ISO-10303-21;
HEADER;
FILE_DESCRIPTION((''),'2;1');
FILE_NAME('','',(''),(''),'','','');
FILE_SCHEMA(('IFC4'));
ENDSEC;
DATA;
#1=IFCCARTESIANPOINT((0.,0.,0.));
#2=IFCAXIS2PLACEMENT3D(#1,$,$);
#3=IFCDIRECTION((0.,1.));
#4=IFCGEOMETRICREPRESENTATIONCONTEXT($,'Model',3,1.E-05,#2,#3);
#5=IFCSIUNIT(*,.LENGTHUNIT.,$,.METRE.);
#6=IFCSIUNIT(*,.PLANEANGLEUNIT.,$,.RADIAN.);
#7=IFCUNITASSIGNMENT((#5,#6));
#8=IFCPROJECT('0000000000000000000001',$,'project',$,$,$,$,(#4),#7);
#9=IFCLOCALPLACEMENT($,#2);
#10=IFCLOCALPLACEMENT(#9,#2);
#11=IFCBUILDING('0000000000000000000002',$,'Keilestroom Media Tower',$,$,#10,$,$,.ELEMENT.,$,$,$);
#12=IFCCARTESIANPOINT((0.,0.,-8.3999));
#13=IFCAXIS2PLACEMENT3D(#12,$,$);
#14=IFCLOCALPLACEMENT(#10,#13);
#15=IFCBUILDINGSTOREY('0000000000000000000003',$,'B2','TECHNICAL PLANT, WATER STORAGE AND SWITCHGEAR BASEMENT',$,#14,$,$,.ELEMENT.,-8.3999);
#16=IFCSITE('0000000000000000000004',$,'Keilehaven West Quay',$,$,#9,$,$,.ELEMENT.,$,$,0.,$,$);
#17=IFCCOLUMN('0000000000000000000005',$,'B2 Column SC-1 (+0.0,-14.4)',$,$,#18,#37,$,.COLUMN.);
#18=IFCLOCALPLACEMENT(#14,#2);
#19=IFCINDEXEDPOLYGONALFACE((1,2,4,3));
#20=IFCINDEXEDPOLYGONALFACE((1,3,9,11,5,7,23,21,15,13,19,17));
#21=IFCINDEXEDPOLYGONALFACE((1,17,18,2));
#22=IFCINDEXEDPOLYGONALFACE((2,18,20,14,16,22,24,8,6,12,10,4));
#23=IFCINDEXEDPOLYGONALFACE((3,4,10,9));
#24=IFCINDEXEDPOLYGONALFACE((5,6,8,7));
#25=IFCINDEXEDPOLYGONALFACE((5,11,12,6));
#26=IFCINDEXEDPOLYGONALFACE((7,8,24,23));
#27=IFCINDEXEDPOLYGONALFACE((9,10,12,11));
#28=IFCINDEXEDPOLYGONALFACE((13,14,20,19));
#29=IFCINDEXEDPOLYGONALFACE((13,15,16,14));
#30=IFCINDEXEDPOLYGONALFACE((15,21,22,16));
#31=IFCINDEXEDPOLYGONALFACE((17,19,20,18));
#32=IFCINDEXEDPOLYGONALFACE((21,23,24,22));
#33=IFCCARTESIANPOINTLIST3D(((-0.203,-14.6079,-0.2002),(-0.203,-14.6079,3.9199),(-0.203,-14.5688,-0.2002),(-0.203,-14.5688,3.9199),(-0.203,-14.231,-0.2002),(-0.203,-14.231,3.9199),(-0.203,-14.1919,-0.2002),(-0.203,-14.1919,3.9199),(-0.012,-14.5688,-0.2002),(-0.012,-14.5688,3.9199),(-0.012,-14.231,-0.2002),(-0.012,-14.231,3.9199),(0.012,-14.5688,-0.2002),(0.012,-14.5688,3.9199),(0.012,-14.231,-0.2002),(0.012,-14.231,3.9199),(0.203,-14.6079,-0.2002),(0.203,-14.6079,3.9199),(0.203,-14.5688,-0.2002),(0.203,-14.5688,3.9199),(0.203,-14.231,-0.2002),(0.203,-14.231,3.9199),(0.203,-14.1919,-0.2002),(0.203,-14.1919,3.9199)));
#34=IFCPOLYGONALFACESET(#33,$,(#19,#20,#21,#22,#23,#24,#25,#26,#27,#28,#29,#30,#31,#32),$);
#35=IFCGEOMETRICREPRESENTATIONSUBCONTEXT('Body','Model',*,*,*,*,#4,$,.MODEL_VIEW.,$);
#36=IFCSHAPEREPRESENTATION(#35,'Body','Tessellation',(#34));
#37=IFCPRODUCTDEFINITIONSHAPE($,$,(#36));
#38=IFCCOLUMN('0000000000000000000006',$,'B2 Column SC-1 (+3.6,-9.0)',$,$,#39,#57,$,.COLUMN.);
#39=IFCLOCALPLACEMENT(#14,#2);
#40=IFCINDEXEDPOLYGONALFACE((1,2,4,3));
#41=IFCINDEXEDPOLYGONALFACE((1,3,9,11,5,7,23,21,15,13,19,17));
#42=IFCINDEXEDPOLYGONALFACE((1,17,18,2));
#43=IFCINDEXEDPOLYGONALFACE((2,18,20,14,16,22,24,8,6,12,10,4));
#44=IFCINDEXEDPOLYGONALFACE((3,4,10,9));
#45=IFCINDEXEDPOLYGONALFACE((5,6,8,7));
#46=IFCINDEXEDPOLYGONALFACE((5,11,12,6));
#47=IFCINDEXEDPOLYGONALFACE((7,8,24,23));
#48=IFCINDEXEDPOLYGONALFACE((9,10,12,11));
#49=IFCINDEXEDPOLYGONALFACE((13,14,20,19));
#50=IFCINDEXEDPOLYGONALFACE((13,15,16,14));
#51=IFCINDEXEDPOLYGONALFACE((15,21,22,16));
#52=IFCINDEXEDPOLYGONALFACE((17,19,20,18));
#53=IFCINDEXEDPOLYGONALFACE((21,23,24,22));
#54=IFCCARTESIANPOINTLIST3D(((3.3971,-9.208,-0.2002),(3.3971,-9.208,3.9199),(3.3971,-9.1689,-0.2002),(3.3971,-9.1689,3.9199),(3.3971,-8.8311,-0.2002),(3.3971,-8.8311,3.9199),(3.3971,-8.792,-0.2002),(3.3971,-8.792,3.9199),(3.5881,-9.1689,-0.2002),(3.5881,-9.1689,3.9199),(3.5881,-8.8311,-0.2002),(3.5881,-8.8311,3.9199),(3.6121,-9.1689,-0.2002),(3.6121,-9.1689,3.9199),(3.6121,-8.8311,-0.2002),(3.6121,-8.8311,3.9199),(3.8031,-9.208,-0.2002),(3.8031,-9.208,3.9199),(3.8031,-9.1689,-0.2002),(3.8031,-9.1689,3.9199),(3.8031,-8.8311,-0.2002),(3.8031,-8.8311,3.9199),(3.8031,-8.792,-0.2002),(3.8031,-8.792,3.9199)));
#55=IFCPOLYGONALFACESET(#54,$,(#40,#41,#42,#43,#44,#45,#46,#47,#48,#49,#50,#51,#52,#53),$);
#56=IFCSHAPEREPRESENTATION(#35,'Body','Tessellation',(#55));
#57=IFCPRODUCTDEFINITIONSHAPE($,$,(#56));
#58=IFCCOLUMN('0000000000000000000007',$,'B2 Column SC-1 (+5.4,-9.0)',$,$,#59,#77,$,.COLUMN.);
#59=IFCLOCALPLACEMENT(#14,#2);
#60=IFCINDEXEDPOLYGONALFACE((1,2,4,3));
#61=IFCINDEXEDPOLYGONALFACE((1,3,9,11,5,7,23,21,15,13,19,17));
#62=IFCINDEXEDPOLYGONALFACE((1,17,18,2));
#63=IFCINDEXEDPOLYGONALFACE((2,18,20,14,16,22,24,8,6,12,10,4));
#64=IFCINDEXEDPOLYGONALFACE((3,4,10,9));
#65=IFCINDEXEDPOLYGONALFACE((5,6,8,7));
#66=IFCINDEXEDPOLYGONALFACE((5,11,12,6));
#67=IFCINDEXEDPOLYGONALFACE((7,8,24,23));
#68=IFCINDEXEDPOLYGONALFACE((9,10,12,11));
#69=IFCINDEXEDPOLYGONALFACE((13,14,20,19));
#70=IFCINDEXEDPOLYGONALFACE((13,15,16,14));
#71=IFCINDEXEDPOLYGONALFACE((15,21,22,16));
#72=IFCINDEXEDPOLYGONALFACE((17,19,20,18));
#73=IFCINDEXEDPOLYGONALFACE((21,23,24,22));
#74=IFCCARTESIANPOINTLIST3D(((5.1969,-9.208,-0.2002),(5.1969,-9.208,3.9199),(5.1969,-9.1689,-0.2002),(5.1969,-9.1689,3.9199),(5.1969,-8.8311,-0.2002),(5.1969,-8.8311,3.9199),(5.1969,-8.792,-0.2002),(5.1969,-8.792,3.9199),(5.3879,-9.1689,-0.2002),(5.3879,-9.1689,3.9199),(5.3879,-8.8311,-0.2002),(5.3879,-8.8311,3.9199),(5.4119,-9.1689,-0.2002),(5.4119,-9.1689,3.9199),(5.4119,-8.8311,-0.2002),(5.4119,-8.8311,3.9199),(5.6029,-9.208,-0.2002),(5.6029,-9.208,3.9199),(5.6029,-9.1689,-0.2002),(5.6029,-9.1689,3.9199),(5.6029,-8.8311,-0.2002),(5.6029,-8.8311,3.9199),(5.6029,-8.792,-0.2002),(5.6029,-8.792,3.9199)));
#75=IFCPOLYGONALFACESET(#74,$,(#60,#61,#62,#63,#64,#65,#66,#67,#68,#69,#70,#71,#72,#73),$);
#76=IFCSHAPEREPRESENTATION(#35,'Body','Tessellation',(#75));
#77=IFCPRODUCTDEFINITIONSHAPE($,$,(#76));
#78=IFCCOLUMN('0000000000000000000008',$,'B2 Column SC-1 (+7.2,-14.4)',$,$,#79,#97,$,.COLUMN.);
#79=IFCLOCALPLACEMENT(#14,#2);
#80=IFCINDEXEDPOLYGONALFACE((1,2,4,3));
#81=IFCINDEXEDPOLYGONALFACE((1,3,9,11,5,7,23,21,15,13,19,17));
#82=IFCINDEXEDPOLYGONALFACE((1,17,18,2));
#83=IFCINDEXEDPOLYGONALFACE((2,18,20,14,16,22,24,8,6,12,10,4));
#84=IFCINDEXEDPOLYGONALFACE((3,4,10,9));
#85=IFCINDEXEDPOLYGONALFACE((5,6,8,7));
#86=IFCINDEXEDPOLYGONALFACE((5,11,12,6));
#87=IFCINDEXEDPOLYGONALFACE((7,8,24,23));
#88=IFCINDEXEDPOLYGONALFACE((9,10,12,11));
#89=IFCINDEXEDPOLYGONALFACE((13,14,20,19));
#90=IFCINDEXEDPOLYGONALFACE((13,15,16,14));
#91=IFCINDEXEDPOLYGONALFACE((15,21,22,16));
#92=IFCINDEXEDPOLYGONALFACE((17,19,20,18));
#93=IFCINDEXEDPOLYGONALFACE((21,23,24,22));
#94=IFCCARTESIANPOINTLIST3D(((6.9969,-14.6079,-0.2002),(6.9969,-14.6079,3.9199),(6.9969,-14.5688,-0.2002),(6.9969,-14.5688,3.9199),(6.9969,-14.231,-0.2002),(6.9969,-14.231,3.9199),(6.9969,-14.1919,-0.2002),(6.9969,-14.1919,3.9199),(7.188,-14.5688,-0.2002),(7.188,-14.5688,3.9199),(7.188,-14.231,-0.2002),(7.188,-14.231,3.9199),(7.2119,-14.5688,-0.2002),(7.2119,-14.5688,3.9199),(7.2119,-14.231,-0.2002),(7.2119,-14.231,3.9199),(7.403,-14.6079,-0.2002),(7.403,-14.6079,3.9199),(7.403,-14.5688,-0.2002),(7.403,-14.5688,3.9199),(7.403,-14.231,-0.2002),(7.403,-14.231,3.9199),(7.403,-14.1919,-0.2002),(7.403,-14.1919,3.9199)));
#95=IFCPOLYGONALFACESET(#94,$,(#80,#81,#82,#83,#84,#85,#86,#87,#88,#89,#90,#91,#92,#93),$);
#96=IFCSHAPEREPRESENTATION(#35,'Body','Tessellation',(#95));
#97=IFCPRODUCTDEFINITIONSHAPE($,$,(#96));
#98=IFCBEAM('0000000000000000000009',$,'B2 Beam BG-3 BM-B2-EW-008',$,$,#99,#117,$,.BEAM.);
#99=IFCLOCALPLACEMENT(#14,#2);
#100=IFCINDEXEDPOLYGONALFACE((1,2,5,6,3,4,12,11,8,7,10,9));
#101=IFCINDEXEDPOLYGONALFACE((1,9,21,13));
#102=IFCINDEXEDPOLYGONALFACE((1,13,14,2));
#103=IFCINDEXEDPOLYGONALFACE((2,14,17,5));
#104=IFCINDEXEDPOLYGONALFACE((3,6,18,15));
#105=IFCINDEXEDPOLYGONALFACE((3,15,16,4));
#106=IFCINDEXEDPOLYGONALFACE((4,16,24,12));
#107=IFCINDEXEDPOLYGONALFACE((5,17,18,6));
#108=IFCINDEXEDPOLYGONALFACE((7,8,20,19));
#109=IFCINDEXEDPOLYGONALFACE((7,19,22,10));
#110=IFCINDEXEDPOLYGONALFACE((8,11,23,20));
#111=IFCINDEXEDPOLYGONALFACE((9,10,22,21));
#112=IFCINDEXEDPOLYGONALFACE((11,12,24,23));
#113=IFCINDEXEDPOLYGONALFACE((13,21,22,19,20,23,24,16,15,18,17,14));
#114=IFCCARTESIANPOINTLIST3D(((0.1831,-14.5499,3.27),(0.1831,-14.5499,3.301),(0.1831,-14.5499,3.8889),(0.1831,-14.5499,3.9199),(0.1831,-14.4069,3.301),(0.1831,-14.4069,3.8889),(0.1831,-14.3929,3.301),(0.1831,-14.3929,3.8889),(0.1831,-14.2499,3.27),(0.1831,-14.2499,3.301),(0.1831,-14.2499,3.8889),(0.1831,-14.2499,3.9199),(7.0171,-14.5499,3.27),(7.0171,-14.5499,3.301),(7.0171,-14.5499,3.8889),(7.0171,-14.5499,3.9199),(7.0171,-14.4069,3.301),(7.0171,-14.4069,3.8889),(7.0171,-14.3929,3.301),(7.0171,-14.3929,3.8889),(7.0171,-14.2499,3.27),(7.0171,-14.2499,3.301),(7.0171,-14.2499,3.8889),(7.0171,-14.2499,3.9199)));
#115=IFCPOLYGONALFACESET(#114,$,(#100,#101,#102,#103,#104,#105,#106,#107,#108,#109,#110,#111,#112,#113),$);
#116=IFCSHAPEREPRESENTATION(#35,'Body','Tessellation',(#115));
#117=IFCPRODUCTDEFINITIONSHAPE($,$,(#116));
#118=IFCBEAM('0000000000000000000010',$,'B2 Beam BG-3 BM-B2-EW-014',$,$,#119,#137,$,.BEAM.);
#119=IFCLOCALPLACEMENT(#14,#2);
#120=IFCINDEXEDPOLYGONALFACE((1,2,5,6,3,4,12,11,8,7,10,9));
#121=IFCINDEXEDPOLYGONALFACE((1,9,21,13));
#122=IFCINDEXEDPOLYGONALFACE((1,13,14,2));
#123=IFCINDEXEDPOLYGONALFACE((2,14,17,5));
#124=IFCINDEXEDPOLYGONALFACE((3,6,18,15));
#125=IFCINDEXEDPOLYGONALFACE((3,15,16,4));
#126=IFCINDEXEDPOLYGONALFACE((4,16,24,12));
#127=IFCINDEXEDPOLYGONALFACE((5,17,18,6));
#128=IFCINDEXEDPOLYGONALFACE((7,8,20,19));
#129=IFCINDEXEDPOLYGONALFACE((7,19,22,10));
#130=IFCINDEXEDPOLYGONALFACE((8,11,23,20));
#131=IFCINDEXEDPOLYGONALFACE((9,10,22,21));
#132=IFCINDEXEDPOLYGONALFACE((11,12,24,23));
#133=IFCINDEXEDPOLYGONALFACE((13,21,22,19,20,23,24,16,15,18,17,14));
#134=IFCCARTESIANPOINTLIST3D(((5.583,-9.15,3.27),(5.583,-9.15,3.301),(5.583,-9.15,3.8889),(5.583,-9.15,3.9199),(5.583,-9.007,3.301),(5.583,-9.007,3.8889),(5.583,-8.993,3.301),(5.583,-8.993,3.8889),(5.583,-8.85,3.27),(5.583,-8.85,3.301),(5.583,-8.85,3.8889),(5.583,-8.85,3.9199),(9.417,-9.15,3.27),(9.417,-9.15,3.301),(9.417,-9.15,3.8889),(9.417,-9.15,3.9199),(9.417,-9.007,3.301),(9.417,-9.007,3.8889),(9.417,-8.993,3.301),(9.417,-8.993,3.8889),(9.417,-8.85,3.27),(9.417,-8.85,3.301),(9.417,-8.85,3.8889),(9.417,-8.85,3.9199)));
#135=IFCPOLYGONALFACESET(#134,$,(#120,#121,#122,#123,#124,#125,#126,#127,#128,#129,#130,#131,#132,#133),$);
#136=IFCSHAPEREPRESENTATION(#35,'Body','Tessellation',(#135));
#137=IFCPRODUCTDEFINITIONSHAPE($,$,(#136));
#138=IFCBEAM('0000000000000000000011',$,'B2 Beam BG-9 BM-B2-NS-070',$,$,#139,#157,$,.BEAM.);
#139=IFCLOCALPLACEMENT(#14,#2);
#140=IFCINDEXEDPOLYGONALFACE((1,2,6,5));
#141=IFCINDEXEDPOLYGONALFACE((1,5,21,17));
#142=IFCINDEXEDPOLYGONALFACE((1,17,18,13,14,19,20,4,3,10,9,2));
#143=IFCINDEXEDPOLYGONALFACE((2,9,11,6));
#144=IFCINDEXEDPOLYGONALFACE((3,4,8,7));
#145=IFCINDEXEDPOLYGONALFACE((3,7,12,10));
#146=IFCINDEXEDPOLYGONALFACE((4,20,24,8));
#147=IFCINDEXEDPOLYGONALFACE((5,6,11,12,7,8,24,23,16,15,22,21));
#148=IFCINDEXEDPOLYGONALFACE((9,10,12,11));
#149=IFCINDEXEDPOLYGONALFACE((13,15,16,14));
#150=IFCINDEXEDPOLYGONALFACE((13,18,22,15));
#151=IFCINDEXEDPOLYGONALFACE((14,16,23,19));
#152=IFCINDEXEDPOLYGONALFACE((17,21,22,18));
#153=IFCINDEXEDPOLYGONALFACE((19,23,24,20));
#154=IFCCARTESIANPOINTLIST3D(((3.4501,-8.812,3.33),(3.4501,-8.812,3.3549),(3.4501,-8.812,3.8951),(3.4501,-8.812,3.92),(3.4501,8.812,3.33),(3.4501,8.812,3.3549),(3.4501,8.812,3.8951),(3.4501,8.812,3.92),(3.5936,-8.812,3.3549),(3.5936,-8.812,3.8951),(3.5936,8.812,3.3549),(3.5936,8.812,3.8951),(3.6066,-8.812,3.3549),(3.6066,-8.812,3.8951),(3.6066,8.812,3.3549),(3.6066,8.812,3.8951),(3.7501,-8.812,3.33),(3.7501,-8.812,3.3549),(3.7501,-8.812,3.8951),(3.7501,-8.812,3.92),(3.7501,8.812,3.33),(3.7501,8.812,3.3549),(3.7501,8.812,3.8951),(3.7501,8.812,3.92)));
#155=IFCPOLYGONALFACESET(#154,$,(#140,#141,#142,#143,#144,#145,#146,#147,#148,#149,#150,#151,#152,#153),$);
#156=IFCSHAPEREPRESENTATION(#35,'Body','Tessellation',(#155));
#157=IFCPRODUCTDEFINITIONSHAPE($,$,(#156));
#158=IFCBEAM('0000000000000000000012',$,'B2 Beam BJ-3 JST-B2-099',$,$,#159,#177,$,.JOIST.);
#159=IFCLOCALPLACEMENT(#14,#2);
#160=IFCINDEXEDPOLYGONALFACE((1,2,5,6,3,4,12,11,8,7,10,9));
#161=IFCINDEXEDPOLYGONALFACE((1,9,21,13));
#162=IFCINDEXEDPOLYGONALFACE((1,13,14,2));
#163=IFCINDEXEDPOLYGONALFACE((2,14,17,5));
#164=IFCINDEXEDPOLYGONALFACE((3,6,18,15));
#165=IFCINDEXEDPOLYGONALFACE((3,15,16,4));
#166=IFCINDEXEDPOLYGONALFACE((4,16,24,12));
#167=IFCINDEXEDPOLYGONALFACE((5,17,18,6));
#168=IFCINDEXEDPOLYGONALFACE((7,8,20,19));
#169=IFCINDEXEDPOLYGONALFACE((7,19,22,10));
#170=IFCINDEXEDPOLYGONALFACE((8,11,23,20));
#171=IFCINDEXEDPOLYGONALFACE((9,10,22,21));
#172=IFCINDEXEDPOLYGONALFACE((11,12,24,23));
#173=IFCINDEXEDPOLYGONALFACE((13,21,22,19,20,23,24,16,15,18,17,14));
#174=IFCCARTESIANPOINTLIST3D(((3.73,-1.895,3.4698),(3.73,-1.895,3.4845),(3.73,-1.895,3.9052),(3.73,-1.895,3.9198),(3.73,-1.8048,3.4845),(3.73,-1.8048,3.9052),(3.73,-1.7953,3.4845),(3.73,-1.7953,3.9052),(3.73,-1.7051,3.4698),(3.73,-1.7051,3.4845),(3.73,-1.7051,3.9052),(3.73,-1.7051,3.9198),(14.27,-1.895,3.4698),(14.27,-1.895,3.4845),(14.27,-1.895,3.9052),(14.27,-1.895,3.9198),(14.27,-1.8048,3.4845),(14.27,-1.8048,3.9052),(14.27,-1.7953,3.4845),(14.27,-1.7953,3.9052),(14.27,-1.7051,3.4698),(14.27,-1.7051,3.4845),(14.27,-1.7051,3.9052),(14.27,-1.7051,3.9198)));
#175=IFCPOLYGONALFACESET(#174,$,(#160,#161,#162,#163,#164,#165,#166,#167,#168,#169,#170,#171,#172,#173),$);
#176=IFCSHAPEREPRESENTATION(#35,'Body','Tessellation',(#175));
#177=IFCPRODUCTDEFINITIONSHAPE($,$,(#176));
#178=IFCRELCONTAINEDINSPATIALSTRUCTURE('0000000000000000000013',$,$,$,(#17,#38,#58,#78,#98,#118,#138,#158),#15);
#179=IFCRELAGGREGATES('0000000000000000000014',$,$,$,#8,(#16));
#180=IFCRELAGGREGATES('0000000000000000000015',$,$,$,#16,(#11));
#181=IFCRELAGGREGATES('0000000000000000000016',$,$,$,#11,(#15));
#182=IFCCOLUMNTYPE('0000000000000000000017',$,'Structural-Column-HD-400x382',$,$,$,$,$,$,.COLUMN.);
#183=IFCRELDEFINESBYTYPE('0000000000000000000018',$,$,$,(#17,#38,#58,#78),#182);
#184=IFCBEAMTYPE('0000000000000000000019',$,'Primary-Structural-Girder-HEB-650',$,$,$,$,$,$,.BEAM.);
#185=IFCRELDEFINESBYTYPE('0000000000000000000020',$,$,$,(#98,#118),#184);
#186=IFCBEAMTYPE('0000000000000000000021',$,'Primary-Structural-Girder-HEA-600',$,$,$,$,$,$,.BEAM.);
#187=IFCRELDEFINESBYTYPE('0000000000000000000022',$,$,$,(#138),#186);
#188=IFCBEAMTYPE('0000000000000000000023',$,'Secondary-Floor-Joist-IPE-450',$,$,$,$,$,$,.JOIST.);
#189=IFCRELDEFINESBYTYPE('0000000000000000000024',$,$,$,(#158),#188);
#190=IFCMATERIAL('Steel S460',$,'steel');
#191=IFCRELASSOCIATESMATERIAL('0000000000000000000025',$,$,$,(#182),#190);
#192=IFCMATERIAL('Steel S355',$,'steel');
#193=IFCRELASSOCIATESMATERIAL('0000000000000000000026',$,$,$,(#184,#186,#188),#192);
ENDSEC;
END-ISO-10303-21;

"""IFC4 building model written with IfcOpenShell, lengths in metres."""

from ifc_helpers import new_model, si_unit, direction, frame, origin, origin_2d, place, context, subcontext, project, spatial, i_section, extrude, source, transform, mapped, material, material_profile, profile_set, type_object, element, save


model = new_model("IFC4")

# Units and contexts
model_context = context("Model", 3, precision=1e-05, world=origin(), true_north=direction((0.0, 1.0)))
body_context = subcontext(model_context, "Body", "Model", "MODEL_VIEW")
ifc_project = project(units=[si_unit("LENGTHUNIT", "METRE"), si_unit("PLANEANGLEUNIT", "RADIAN")], contexts=[model_context])

# Site, building, storey
site_placement = place(None, origin())
site = spatial("IfcSite", under=ifc_project, at=site_placement, Name="Keilehaven West Quay", CompositionType="ELEMENT", RefElevation=0.0)
building_placement = place(site_placement, origin())
building = spatial("IfcBuilding", under=site, at=building_placement, Name="Keilestroom Media Tower", CompositionType="ELEMENT")
storey_placement = place(building_placement, frame((0.0, 0.0, -8.3999)))
storey = spatial("IfcBuildingStorey", under=building, at=storey_placement, Name="B2", Description="TECHNICAL PLANT, WATER STORAGE AND SWITCHGEAR BASEMENT", CompositionType="ELEMENT", Elevation=-8.3999)

# Columns
ifc_material_1 = material(Name="Steel S460", Category="steel")
ifc_material_profile_1 = material_profile(ifc_material_1, i_section(OverallWidth=0.406, OverallDepth=0.416, WebThickness=0.0239, FlangeThickness=0.0391, at=origin_2d()), Name="HD 400x382")
ifc_profile_set_1 = profile_set([ifc_material_profile_1], Name="Steel S460")
column_type = type_object("IfcColumnType", Name="Structural-Column-HD-400x382", PredefinedType="COLUMN", material=ifc_profile_set_1)
shared_shape_1 = source(origin(), body_context, "Body", "SweptSolid", [
    extrude(i_section(OverallWidth=0.406, OverallDepth=0.416, WebThickness=0.0239, FlangeThickness=0.0391, at=origin_2d()), origin(), (0.0, 0.0, 1.0), 4.1201),
])
for number, where, z_axis, x_axis, name in (
    (1, (0.0, -14.3999, -0.2002), (0.0, 0.0, 1.0), (1.0, 0.0, 0.0), "B2 Column SC-1 (+0.0,-14.4)"),
    (2, (3.6001, -9.0, -0.2002), (0.0, 0.0, 1.0), (1.0, 0.0, 0.0), "B2 Column SC-1 (+3.6,-9.0)"),
    (3, (5.3999, -9.0, -0.2002), (0.0, 0.0, 1.0), (1.0, 0.0, 0.0), "B2 Column SC-1 (+5.4,-9.0)"),
    (4, (7.2, -14.3999, -0.2002), (0.0, 0.0, 1.0), (1.0, 0.0, 0.0), "B2 Column SC-1 (+7.2,-14.4)"),
):
    element("IfcColumn", number, at=place(storey_placement, frame(where, z_axis=z_axis, x_axis=x_axis)), inside=storey, type_object=column_type, Name=name, PredefinedType="COLUMN", context=body_context, shape_type="MappedRepresentation", body=[
        mapped(shared_shape_1, transform((0.0, 0.0, 0.0), x_axis=(1.0, 0.0, 0.0), y_axis=(0.0, 1.0, 0.0), z_axis=(0.0, 0.0, 1.0), scale=1.0)),
    ])

# Beams
ifc_material_2 = material(Name="Steel S355", Category="steel")
ifc_material_profile_2 = material_profile(ifc_material_2, i_section(OverallWidth=0.3, OverallDepth=0.6499, WebThickness=0.0139, FlangeThickness=0.031, at=origin_2d()), Name="HEB 650")
ifc_profile_set_2 = profile_set([ifc_material_profile_2], Name="Steel S355")
beam_type_1 = type_object("IfcBeamType", Name="Primary-Structural-Girder-HEB-650", PredefinedType="BEAM", material=ifc_profile_set_2)
shared_shape_2 = source(origin(), body_context, "Body", "SweptSolid", [
    extrude(i_section(OverallWidth=0.3, OverallDepth=0.6499, WebThickness=0.0139, FlangeThickness=0.031, at=origin_2d()), origin(), (0.0, 0.0, 1.0), 6.834),
])
beam_1_placement = place(storey_placement, frame((0.1831, -14.3999, 3.595), z_axis=(1.0, 0.0, 0.0), x_axis=(0.0, 1.0, 0.0)))
element("IfcBeam", 5, at=beam_1_placement, inside=storey, type_object=beam_type_1, Name="B2 Beam BG-3 BM-B2-EW-008", PredefinedType="BEAM", context=body_context, shape_type="MappedRepresentation", body=[
    mapped(shared_shape_2, transform((0.0, 0.0, 0.0), x_axis=(1.0, 0.0, 0.0), y_axis=(0.0, 1.0, 0.0), z_axis=(0.0, 0.0, 1.0), scale=1.0)),
])
shared_shape_3 = source(origin(), body_context, "Body", "SweptSolid", [
    extrude(i_section(OverallWidth=0.3, OverallDepth=0.6499, WebThickness=0.0139, FlangeThickness=0.031, at=origin_2d()), origin(), (0.0, 0.0, 1.0), 3.834),
])
beam_2_placement = place(storey_placement, frame((5.583, -9.0, 3.595), z_axis=(1.0, 0.0, 0.0), x_axis=(0.0, 1.0, 0.0)))
element("IfcBeam", 6, at=beam_2_placement, inside=storey, type_object=beam_type_1, Name="B2 Beam BG-3 BM-B2-EW-014", PredefinedType="BEAM", context=body_context, shape_type="MappedRepresentation", body=[
    mapped(shared_shape_3, transform((0.0, 0.0, 0.0), x_axis=(1.0, 0.0, 0.0), y_axis=(0.0, 1.0, 0.0), z_axis=(0.0, 0.0, 1.0), scale=1.0)),
])
ifc_material_profile_3 = material_profile(ifc_material_2, i_section(OverallWidth=0.3, OverallDepth=0.5901, WebThickness=0.0129, FlangeThickness=0.0249, at=origin_2d()), Name="HEA 600")
ifc_profile_set_3 = profile_set([ifc_material_profile_3], Name="Steel S355")
beam_type_2 = type_object("IfcBeamType", Name="Primary-Structural-Girder-HEA-600", PredefinedType="BEAM", material=ifc_profile_set_3)
shared_shape_4 = source(origin(), body_context, "Body", "SweptSolid", [
    extrude(i_section(OverallWidth=0.3, OverallDepth=0.5901, WebThickness=0.0129, FlangeThickness=0.0249, at=origin_2d()), origin(), (0.0, 0.0, 1.0), 17.624),
])
beam_3_placement = place(storey_placement, frame((3.6001, -8.812, 3.625), z_axis=(0.0, 1.0, 0.0), x_axis=(-1.0, 0.0, 0.0)))
element("IfcBeam", 7, at=beam_3_placement, inside=storey, type_object=beam_type_2, Name="B2 Beam BG-9 BM-B2-NS-070", PredefinedType="BEAM", context=body_context, shape_type="MappedRepresentation", body=[
    mapped(shared_shape_4, transform((0.0, 0.0, 0.0), x_axis=(1.0, 0.0, 0.0), y_axis=(0.0, 1.0, 0.0), z_axis=(0.0, 0.0, 1.0), scale=1.0)),
])
ifc_material_profile_4 = material_profile(ifc_material_2, i_section(OverallWidth=0.1899, OverallDepth=0.45, WebThickness=0.0095, FlangeThickness=0.0146, at=origin_2d()), Name="IPE 450")
ifc_profile_set_4 = profile_set([ifc_material_profile_4], Name="Steel S355")
beam_type_3 = type_object("IfcBeamType", Name="Secondary-Floor-Joist-IPE-450", PredefinedType="JOIST", material=ifc_profile_set_4)
shared_shape_5 = source(origin(), body_context, "Body", "SweptSolid", [
    extrude(i_section(OverallWidth=0.1899, OverallDepth=0.45, WebThickness=0.0095, FlangeThickness=0.0146, at=origin_2d()), origin(), (0.0, 0.0, 1.0), 10.54),
])
beam_4_placement = place(storey_placement, frame((3.73, -1.8, 3.6948), z_axis=(1.0, 0.0, 0.0), x_axis=(0.0, 1.0, 0.0)))
element("IfcBeam", 8, at=beam_4_placement, inside=storey, type_object=beam_type_3, Name="B2 Beam BJ-3 JST-B2-099", PredefinedType="JOIST", context=body_context, shape_type="MappedRepresentation", body=[
    mapped(shared_shape_5, transform((0.0, 0.0, 0.0), x_axis=(1.0, 0.0, 0.0), y_axis=(0.0, 1.0, 0.0), z_axis=(0.0, 0.0, 1.0), scale=1.0)),
])

save(model, "model.ifc")
